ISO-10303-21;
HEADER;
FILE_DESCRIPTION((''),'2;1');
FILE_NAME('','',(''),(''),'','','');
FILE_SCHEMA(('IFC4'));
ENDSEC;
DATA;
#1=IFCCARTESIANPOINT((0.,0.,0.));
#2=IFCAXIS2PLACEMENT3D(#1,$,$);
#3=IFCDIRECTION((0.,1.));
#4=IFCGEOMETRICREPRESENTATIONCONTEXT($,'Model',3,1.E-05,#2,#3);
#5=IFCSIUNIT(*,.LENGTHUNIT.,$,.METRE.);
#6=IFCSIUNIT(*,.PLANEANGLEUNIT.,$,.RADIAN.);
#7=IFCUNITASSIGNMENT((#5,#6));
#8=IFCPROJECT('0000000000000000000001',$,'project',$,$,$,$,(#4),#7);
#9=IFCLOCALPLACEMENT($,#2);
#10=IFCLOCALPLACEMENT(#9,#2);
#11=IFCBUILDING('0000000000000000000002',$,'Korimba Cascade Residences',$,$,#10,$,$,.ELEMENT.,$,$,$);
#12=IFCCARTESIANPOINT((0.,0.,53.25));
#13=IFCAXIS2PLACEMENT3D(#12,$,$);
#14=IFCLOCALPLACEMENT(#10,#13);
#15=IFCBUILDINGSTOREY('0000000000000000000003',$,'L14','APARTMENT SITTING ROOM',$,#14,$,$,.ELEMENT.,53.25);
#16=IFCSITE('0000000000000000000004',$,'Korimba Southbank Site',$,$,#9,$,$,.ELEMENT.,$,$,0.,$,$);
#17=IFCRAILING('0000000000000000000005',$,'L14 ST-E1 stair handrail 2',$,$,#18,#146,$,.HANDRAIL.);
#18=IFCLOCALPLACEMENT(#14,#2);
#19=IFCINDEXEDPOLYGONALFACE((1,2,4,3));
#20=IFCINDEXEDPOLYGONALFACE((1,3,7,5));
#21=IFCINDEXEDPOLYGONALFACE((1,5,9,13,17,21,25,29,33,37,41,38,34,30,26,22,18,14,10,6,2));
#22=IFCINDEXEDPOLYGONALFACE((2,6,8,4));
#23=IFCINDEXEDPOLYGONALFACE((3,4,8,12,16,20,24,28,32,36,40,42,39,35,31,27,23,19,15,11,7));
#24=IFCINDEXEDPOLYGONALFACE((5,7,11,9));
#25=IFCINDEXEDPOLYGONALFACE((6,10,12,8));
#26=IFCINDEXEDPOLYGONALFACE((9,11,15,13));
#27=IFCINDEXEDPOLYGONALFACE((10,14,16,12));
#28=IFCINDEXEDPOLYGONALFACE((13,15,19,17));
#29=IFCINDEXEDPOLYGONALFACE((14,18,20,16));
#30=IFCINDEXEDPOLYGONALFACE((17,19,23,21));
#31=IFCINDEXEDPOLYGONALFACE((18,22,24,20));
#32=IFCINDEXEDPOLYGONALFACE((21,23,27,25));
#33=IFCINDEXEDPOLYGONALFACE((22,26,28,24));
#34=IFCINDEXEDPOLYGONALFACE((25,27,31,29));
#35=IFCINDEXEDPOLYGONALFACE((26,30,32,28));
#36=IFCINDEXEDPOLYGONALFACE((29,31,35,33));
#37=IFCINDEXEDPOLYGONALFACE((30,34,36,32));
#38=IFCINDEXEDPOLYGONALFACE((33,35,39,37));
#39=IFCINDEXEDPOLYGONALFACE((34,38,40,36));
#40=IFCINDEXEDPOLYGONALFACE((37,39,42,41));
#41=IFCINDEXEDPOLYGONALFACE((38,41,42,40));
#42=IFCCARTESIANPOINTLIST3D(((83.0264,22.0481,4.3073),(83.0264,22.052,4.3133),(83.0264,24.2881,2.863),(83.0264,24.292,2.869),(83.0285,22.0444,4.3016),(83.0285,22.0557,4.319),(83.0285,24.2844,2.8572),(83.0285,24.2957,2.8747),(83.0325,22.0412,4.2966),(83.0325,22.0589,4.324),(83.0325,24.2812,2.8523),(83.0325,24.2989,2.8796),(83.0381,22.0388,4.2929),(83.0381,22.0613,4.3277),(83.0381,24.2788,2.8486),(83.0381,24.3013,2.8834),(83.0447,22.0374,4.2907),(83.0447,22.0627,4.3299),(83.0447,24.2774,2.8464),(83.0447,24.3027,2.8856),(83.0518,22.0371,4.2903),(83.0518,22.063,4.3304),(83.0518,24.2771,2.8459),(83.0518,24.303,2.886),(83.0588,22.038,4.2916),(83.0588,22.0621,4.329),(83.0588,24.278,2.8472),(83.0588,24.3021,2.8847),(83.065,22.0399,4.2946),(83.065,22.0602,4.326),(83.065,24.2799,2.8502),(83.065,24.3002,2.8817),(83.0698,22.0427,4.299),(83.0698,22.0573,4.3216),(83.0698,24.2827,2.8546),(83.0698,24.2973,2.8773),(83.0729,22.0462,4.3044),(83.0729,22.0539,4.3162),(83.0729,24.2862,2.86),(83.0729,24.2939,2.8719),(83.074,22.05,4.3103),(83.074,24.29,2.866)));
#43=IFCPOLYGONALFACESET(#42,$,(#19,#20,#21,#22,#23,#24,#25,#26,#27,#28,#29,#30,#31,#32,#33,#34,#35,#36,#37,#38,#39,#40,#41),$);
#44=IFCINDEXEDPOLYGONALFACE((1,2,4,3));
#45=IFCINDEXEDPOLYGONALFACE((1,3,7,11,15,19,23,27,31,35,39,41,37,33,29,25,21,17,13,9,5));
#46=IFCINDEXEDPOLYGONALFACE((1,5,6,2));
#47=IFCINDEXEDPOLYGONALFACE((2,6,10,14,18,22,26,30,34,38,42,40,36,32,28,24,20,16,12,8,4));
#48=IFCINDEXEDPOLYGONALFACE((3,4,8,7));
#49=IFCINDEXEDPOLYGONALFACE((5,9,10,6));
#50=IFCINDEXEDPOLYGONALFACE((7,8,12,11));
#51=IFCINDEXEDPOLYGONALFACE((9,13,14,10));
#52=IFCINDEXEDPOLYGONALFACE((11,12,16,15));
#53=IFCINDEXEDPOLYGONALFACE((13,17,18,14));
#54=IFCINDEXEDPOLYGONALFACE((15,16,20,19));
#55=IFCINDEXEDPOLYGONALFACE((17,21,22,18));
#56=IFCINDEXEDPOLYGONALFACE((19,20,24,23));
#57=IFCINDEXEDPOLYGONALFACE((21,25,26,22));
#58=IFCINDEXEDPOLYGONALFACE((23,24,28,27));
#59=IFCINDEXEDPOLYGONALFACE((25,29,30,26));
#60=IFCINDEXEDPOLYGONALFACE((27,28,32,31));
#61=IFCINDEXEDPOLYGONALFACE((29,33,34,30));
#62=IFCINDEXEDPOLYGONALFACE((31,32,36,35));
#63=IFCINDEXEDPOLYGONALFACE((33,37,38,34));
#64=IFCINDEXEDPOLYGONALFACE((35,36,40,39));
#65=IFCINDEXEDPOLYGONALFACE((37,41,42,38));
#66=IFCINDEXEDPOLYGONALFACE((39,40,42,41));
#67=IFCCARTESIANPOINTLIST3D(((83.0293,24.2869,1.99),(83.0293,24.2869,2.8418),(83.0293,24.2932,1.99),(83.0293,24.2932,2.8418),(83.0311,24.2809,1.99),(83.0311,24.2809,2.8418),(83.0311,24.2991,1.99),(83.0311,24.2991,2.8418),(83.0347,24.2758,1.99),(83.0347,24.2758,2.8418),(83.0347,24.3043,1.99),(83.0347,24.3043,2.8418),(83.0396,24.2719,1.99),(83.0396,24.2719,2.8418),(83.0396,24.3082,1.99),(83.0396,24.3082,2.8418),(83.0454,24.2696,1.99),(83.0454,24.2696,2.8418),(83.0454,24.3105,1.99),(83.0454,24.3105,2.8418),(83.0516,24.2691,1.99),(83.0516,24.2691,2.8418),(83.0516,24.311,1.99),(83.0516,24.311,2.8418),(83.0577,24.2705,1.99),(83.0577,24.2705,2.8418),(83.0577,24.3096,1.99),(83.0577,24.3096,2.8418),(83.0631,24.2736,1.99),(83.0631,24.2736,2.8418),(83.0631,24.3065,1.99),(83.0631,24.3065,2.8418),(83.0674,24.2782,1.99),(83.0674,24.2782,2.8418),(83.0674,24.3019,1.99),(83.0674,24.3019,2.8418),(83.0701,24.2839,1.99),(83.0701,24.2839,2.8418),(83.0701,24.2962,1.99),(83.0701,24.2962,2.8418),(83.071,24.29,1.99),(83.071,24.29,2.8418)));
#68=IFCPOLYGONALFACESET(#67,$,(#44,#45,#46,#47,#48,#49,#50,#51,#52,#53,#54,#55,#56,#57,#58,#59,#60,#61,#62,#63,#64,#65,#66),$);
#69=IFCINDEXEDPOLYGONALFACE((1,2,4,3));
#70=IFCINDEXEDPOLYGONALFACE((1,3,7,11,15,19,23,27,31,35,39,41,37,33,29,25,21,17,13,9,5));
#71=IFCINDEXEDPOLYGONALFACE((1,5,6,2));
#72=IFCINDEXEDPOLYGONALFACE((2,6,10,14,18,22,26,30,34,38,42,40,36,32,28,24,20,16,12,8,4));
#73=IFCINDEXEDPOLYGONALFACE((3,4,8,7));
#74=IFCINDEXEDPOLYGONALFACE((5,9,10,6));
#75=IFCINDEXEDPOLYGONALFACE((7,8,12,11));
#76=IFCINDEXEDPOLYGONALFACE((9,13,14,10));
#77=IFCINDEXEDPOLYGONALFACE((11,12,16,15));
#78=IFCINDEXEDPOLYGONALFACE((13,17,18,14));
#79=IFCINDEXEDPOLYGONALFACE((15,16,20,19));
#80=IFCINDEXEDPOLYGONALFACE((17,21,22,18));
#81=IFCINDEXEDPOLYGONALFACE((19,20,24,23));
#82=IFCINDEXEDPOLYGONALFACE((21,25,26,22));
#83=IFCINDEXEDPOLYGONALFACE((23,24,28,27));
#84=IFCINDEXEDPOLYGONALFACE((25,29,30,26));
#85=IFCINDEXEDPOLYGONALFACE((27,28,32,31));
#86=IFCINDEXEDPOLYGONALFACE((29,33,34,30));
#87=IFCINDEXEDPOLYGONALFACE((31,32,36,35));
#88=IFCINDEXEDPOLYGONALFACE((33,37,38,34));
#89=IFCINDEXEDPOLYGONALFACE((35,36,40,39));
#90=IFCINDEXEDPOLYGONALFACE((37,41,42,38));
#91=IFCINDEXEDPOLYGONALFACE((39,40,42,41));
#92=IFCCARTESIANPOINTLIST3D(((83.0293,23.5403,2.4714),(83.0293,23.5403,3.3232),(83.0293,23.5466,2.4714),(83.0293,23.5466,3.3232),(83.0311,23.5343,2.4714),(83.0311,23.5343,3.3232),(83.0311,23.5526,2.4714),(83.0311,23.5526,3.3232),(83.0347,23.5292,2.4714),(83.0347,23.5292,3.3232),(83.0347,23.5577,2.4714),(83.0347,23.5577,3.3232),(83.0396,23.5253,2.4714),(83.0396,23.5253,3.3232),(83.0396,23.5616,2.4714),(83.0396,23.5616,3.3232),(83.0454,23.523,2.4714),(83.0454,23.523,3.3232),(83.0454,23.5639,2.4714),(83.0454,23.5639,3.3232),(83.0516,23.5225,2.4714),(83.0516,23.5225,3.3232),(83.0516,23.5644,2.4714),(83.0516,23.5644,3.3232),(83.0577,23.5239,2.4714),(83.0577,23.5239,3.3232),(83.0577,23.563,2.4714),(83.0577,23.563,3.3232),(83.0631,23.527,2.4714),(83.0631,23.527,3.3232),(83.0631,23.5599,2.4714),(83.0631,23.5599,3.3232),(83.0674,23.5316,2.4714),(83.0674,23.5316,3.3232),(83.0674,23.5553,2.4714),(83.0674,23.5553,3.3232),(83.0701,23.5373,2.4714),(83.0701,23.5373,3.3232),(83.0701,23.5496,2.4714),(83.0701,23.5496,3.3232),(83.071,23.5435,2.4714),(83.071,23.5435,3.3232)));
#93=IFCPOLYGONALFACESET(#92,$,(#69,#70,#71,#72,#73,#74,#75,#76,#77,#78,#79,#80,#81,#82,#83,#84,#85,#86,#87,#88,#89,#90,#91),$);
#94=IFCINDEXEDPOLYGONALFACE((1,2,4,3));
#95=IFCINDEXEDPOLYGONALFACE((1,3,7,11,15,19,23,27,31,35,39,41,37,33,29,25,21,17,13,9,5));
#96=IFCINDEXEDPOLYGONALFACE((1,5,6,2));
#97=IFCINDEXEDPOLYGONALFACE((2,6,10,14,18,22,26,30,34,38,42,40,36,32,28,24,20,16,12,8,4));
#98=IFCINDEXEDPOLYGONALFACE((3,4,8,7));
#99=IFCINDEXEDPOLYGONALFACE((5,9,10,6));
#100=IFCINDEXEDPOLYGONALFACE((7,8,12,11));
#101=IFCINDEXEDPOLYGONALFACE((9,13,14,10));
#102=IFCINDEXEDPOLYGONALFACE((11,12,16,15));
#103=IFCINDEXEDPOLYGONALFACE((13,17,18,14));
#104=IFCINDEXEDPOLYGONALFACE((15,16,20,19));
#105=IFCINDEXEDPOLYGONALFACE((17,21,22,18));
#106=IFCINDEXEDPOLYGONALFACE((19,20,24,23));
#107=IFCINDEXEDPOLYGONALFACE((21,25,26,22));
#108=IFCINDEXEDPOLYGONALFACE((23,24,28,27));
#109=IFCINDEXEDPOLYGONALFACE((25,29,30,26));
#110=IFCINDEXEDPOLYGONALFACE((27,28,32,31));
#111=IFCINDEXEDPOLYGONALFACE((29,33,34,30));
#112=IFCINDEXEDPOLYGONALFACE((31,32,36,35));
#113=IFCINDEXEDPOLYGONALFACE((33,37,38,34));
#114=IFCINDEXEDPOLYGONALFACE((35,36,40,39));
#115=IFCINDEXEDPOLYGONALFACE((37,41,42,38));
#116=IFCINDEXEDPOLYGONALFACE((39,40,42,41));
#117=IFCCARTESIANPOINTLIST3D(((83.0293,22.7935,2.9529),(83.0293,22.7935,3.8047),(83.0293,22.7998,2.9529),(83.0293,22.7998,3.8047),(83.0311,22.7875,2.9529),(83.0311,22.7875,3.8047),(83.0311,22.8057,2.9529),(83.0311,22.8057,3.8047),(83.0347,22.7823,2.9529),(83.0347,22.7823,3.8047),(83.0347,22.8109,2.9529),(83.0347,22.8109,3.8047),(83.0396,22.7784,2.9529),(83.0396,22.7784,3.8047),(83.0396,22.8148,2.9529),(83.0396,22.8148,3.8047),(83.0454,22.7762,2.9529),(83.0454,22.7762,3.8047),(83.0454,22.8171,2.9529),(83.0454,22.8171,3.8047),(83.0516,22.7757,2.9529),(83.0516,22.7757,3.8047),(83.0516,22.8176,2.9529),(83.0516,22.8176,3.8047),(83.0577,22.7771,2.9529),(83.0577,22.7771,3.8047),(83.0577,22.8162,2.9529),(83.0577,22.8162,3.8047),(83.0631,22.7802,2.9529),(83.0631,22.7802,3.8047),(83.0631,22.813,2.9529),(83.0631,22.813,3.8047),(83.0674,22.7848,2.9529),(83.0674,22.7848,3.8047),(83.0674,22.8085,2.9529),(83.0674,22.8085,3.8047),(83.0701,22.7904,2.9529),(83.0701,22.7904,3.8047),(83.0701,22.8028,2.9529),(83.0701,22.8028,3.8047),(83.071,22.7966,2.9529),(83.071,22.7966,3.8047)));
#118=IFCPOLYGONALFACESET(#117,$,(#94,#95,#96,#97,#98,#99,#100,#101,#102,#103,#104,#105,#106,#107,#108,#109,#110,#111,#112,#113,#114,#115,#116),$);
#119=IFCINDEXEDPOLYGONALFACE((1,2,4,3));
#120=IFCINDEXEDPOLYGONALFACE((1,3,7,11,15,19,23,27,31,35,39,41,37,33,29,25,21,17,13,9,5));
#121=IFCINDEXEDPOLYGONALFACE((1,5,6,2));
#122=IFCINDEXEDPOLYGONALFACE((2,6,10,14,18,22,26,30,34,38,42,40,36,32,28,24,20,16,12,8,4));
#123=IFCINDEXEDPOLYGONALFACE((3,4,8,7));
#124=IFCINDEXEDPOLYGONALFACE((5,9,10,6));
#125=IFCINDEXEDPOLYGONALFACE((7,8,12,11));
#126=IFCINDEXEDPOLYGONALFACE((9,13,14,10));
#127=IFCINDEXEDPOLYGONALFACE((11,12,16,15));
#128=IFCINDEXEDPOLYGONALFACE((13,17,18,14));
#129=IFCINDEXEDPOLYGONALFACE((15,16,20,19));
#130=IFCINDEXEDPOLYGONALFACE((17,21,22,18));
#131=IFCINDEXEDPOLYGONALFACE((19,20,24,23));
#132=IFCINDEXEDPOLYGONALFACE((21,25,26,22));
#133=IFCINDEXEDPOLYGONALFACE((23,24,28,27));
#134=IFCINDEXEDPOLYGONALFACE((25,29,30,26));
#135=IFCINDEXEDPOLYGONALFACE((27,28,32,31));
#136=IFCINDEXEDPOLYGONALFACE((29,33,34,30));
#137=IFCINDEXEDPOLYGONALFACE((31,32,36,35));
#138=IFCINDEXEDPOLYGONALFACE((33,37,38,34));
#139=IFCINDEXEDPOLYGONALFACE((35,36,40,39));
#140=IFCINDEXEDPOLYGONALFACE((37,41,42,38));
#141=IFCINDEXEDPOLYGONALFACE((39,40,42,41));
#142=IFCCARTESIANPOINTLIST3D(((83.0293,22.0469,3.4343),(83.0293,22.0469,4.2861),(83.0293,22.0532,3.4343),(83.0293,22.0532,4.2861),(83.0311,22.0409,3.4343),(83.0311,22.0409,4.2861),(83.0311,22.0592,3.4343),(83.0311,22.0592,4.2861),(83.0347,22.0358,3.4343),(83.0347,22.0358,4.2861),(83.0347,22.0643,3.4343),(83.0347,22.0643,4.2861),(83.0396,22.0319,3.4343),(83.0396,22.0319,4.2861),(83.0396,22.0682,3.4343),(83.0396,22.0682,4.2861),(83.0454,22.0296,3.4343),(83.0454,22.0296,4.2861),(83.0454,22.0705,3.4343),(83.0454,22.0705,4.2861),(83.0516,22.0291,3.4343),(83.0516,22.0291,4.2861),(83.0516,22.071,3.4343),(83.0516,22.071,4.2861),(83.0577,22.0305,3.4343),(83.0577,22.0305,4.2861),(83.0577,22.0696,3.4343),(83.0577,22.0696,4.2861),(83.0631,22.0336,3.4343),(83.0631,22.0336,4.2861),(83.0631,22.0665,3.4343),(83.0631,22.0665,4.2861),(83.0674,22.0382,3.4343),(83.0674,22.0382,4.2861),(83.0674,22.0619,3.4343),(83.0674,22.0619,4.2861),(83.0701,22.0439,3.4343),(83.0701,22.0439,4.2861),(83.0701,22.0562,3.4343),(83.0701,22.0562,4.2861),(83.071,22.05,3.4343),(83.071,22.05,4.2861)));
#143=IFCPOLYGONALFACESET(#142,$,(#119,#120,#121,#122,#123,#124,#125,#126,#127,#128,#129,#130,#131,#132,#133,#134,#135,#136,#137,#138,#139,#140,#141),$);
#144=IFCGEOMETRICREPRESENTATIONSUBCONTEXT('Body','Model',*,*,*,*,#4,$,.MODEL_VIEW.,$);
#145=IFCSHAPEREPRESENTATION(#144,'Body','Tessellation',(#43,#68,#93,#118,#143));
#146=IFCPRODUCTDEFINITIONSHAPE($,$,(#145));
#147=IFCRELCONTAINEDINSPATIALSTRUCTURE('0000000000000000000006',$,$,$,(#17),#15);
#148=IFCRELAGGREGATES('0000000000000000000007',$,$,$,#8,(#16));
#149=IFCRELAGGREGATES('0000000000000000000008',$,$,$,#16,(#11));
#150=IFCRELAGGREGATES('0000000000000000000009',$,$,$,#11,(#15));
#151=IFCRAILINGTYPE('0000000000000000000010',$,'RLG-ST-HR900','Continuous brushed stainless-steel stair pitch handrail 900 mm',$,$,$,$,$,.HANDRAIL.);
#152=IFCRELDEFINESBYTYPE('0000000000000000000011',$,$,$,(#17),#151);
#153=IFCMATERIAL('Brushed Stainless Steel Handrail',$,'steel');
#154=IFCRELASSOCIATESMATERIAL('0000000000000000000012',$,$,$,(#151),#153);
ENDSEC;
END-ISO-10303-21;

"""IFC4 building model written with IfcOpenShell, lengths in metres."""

from ifc_helpers import new_model, si_unit, direction, frame, origin, origin_2d, place, context, subcontext, project, spatial, circle, extrude, material, type_object, element, save


model = new_model("IFC4")

# Units and contexts
model_context = context("Model", 3, precision=1e-05, world=origin(), true_north=direction((0.0, 1.0)))
body_context = subcontext(model_context, "Body", "Model", "MODEL_VIEW")
ifc_project = project(units=[si_unit("LENGTHUNIT", "METRE"), si_unit("PLANEANGLEUNIT", "RADIAN")], contexts=[model_context])

# Site, building, storey
site_placement = place(None, origin())
site = spatial("IfcSite", under=ifc_project, at=site_placement, Name="Korimba Southbank Site", CompositionType="ELEMENT", RefElevation=0.0)
building_placement = place(site_placement, origin())
building = spatial("IfcBuilding", under=site, at=building_placement, Name="Korimba Cascade Residences", CompositionType="ELEMENT")
storey_placement = place(building_placement, frame((0.0, 0.0, 53.25)))
storey = spatial("IfcBuildingStorey", under=building, at=storey_placement, Name="L14", Description="APARTMENT SITTING ROOM", CompositionType="ELEMENT", Elevation=53.25)

# Railing
ifc_material_1 = material(Name="Brushed Stainless Steel Handrail", Category="steel")
railing_type_1 = type_object("IfcRailingType", Name="RLG-ST-HR900", Description="Continuous brushed stainless-steel stair pitch handrail 900 mm", PredefinedType="HANDRAIL", material=ifc_material_1)
railing_1_placement = place(storey_placement, frame((83.05, 24.29, 1.99)))
element("IfcRailing", 1, at=railing_1_placement, inside=storey, type_object=railing_type_1, Name="L14 ST-E1 stair handrail 2", PredefinedType="HANDRAIL", context=body_context, shape_type="SweptSolid", body=[
    extrude(circle(Radius=0.0239, at=origin_2d()), frame((0.0, 0.0, 0.876), z_axis=(0.0, -0.840437, 0.54191), x_axis=(1.0, 0.0, 0.0)), (0.0, 0.0, 1.0), 2.6653),
    extrude(circle(Radius=0.021, at=origin_2d()), origin(), (0.0, 0.0, 1.0), 0.8518),
    extrude(circle(Radius=0.021, at=origin_2d()), frame((0.0, -0.7466, 0.4814)), (0.0, 0.0, 1.0), 0.8518),
    extrude(circle(Radius=0.021, at=origin_2d()), frame((0.0, -1.4934, 0.9629)), (0.0, 0.0, 1.0), 0.8518),
    extrude(circle(Radius=0.021, at=origin_2d()), frame((0.0, -2.24, 1.4443)), (0.0, 0.0, 1.0), 0.8518),
])

save(model, "model.ifc")
